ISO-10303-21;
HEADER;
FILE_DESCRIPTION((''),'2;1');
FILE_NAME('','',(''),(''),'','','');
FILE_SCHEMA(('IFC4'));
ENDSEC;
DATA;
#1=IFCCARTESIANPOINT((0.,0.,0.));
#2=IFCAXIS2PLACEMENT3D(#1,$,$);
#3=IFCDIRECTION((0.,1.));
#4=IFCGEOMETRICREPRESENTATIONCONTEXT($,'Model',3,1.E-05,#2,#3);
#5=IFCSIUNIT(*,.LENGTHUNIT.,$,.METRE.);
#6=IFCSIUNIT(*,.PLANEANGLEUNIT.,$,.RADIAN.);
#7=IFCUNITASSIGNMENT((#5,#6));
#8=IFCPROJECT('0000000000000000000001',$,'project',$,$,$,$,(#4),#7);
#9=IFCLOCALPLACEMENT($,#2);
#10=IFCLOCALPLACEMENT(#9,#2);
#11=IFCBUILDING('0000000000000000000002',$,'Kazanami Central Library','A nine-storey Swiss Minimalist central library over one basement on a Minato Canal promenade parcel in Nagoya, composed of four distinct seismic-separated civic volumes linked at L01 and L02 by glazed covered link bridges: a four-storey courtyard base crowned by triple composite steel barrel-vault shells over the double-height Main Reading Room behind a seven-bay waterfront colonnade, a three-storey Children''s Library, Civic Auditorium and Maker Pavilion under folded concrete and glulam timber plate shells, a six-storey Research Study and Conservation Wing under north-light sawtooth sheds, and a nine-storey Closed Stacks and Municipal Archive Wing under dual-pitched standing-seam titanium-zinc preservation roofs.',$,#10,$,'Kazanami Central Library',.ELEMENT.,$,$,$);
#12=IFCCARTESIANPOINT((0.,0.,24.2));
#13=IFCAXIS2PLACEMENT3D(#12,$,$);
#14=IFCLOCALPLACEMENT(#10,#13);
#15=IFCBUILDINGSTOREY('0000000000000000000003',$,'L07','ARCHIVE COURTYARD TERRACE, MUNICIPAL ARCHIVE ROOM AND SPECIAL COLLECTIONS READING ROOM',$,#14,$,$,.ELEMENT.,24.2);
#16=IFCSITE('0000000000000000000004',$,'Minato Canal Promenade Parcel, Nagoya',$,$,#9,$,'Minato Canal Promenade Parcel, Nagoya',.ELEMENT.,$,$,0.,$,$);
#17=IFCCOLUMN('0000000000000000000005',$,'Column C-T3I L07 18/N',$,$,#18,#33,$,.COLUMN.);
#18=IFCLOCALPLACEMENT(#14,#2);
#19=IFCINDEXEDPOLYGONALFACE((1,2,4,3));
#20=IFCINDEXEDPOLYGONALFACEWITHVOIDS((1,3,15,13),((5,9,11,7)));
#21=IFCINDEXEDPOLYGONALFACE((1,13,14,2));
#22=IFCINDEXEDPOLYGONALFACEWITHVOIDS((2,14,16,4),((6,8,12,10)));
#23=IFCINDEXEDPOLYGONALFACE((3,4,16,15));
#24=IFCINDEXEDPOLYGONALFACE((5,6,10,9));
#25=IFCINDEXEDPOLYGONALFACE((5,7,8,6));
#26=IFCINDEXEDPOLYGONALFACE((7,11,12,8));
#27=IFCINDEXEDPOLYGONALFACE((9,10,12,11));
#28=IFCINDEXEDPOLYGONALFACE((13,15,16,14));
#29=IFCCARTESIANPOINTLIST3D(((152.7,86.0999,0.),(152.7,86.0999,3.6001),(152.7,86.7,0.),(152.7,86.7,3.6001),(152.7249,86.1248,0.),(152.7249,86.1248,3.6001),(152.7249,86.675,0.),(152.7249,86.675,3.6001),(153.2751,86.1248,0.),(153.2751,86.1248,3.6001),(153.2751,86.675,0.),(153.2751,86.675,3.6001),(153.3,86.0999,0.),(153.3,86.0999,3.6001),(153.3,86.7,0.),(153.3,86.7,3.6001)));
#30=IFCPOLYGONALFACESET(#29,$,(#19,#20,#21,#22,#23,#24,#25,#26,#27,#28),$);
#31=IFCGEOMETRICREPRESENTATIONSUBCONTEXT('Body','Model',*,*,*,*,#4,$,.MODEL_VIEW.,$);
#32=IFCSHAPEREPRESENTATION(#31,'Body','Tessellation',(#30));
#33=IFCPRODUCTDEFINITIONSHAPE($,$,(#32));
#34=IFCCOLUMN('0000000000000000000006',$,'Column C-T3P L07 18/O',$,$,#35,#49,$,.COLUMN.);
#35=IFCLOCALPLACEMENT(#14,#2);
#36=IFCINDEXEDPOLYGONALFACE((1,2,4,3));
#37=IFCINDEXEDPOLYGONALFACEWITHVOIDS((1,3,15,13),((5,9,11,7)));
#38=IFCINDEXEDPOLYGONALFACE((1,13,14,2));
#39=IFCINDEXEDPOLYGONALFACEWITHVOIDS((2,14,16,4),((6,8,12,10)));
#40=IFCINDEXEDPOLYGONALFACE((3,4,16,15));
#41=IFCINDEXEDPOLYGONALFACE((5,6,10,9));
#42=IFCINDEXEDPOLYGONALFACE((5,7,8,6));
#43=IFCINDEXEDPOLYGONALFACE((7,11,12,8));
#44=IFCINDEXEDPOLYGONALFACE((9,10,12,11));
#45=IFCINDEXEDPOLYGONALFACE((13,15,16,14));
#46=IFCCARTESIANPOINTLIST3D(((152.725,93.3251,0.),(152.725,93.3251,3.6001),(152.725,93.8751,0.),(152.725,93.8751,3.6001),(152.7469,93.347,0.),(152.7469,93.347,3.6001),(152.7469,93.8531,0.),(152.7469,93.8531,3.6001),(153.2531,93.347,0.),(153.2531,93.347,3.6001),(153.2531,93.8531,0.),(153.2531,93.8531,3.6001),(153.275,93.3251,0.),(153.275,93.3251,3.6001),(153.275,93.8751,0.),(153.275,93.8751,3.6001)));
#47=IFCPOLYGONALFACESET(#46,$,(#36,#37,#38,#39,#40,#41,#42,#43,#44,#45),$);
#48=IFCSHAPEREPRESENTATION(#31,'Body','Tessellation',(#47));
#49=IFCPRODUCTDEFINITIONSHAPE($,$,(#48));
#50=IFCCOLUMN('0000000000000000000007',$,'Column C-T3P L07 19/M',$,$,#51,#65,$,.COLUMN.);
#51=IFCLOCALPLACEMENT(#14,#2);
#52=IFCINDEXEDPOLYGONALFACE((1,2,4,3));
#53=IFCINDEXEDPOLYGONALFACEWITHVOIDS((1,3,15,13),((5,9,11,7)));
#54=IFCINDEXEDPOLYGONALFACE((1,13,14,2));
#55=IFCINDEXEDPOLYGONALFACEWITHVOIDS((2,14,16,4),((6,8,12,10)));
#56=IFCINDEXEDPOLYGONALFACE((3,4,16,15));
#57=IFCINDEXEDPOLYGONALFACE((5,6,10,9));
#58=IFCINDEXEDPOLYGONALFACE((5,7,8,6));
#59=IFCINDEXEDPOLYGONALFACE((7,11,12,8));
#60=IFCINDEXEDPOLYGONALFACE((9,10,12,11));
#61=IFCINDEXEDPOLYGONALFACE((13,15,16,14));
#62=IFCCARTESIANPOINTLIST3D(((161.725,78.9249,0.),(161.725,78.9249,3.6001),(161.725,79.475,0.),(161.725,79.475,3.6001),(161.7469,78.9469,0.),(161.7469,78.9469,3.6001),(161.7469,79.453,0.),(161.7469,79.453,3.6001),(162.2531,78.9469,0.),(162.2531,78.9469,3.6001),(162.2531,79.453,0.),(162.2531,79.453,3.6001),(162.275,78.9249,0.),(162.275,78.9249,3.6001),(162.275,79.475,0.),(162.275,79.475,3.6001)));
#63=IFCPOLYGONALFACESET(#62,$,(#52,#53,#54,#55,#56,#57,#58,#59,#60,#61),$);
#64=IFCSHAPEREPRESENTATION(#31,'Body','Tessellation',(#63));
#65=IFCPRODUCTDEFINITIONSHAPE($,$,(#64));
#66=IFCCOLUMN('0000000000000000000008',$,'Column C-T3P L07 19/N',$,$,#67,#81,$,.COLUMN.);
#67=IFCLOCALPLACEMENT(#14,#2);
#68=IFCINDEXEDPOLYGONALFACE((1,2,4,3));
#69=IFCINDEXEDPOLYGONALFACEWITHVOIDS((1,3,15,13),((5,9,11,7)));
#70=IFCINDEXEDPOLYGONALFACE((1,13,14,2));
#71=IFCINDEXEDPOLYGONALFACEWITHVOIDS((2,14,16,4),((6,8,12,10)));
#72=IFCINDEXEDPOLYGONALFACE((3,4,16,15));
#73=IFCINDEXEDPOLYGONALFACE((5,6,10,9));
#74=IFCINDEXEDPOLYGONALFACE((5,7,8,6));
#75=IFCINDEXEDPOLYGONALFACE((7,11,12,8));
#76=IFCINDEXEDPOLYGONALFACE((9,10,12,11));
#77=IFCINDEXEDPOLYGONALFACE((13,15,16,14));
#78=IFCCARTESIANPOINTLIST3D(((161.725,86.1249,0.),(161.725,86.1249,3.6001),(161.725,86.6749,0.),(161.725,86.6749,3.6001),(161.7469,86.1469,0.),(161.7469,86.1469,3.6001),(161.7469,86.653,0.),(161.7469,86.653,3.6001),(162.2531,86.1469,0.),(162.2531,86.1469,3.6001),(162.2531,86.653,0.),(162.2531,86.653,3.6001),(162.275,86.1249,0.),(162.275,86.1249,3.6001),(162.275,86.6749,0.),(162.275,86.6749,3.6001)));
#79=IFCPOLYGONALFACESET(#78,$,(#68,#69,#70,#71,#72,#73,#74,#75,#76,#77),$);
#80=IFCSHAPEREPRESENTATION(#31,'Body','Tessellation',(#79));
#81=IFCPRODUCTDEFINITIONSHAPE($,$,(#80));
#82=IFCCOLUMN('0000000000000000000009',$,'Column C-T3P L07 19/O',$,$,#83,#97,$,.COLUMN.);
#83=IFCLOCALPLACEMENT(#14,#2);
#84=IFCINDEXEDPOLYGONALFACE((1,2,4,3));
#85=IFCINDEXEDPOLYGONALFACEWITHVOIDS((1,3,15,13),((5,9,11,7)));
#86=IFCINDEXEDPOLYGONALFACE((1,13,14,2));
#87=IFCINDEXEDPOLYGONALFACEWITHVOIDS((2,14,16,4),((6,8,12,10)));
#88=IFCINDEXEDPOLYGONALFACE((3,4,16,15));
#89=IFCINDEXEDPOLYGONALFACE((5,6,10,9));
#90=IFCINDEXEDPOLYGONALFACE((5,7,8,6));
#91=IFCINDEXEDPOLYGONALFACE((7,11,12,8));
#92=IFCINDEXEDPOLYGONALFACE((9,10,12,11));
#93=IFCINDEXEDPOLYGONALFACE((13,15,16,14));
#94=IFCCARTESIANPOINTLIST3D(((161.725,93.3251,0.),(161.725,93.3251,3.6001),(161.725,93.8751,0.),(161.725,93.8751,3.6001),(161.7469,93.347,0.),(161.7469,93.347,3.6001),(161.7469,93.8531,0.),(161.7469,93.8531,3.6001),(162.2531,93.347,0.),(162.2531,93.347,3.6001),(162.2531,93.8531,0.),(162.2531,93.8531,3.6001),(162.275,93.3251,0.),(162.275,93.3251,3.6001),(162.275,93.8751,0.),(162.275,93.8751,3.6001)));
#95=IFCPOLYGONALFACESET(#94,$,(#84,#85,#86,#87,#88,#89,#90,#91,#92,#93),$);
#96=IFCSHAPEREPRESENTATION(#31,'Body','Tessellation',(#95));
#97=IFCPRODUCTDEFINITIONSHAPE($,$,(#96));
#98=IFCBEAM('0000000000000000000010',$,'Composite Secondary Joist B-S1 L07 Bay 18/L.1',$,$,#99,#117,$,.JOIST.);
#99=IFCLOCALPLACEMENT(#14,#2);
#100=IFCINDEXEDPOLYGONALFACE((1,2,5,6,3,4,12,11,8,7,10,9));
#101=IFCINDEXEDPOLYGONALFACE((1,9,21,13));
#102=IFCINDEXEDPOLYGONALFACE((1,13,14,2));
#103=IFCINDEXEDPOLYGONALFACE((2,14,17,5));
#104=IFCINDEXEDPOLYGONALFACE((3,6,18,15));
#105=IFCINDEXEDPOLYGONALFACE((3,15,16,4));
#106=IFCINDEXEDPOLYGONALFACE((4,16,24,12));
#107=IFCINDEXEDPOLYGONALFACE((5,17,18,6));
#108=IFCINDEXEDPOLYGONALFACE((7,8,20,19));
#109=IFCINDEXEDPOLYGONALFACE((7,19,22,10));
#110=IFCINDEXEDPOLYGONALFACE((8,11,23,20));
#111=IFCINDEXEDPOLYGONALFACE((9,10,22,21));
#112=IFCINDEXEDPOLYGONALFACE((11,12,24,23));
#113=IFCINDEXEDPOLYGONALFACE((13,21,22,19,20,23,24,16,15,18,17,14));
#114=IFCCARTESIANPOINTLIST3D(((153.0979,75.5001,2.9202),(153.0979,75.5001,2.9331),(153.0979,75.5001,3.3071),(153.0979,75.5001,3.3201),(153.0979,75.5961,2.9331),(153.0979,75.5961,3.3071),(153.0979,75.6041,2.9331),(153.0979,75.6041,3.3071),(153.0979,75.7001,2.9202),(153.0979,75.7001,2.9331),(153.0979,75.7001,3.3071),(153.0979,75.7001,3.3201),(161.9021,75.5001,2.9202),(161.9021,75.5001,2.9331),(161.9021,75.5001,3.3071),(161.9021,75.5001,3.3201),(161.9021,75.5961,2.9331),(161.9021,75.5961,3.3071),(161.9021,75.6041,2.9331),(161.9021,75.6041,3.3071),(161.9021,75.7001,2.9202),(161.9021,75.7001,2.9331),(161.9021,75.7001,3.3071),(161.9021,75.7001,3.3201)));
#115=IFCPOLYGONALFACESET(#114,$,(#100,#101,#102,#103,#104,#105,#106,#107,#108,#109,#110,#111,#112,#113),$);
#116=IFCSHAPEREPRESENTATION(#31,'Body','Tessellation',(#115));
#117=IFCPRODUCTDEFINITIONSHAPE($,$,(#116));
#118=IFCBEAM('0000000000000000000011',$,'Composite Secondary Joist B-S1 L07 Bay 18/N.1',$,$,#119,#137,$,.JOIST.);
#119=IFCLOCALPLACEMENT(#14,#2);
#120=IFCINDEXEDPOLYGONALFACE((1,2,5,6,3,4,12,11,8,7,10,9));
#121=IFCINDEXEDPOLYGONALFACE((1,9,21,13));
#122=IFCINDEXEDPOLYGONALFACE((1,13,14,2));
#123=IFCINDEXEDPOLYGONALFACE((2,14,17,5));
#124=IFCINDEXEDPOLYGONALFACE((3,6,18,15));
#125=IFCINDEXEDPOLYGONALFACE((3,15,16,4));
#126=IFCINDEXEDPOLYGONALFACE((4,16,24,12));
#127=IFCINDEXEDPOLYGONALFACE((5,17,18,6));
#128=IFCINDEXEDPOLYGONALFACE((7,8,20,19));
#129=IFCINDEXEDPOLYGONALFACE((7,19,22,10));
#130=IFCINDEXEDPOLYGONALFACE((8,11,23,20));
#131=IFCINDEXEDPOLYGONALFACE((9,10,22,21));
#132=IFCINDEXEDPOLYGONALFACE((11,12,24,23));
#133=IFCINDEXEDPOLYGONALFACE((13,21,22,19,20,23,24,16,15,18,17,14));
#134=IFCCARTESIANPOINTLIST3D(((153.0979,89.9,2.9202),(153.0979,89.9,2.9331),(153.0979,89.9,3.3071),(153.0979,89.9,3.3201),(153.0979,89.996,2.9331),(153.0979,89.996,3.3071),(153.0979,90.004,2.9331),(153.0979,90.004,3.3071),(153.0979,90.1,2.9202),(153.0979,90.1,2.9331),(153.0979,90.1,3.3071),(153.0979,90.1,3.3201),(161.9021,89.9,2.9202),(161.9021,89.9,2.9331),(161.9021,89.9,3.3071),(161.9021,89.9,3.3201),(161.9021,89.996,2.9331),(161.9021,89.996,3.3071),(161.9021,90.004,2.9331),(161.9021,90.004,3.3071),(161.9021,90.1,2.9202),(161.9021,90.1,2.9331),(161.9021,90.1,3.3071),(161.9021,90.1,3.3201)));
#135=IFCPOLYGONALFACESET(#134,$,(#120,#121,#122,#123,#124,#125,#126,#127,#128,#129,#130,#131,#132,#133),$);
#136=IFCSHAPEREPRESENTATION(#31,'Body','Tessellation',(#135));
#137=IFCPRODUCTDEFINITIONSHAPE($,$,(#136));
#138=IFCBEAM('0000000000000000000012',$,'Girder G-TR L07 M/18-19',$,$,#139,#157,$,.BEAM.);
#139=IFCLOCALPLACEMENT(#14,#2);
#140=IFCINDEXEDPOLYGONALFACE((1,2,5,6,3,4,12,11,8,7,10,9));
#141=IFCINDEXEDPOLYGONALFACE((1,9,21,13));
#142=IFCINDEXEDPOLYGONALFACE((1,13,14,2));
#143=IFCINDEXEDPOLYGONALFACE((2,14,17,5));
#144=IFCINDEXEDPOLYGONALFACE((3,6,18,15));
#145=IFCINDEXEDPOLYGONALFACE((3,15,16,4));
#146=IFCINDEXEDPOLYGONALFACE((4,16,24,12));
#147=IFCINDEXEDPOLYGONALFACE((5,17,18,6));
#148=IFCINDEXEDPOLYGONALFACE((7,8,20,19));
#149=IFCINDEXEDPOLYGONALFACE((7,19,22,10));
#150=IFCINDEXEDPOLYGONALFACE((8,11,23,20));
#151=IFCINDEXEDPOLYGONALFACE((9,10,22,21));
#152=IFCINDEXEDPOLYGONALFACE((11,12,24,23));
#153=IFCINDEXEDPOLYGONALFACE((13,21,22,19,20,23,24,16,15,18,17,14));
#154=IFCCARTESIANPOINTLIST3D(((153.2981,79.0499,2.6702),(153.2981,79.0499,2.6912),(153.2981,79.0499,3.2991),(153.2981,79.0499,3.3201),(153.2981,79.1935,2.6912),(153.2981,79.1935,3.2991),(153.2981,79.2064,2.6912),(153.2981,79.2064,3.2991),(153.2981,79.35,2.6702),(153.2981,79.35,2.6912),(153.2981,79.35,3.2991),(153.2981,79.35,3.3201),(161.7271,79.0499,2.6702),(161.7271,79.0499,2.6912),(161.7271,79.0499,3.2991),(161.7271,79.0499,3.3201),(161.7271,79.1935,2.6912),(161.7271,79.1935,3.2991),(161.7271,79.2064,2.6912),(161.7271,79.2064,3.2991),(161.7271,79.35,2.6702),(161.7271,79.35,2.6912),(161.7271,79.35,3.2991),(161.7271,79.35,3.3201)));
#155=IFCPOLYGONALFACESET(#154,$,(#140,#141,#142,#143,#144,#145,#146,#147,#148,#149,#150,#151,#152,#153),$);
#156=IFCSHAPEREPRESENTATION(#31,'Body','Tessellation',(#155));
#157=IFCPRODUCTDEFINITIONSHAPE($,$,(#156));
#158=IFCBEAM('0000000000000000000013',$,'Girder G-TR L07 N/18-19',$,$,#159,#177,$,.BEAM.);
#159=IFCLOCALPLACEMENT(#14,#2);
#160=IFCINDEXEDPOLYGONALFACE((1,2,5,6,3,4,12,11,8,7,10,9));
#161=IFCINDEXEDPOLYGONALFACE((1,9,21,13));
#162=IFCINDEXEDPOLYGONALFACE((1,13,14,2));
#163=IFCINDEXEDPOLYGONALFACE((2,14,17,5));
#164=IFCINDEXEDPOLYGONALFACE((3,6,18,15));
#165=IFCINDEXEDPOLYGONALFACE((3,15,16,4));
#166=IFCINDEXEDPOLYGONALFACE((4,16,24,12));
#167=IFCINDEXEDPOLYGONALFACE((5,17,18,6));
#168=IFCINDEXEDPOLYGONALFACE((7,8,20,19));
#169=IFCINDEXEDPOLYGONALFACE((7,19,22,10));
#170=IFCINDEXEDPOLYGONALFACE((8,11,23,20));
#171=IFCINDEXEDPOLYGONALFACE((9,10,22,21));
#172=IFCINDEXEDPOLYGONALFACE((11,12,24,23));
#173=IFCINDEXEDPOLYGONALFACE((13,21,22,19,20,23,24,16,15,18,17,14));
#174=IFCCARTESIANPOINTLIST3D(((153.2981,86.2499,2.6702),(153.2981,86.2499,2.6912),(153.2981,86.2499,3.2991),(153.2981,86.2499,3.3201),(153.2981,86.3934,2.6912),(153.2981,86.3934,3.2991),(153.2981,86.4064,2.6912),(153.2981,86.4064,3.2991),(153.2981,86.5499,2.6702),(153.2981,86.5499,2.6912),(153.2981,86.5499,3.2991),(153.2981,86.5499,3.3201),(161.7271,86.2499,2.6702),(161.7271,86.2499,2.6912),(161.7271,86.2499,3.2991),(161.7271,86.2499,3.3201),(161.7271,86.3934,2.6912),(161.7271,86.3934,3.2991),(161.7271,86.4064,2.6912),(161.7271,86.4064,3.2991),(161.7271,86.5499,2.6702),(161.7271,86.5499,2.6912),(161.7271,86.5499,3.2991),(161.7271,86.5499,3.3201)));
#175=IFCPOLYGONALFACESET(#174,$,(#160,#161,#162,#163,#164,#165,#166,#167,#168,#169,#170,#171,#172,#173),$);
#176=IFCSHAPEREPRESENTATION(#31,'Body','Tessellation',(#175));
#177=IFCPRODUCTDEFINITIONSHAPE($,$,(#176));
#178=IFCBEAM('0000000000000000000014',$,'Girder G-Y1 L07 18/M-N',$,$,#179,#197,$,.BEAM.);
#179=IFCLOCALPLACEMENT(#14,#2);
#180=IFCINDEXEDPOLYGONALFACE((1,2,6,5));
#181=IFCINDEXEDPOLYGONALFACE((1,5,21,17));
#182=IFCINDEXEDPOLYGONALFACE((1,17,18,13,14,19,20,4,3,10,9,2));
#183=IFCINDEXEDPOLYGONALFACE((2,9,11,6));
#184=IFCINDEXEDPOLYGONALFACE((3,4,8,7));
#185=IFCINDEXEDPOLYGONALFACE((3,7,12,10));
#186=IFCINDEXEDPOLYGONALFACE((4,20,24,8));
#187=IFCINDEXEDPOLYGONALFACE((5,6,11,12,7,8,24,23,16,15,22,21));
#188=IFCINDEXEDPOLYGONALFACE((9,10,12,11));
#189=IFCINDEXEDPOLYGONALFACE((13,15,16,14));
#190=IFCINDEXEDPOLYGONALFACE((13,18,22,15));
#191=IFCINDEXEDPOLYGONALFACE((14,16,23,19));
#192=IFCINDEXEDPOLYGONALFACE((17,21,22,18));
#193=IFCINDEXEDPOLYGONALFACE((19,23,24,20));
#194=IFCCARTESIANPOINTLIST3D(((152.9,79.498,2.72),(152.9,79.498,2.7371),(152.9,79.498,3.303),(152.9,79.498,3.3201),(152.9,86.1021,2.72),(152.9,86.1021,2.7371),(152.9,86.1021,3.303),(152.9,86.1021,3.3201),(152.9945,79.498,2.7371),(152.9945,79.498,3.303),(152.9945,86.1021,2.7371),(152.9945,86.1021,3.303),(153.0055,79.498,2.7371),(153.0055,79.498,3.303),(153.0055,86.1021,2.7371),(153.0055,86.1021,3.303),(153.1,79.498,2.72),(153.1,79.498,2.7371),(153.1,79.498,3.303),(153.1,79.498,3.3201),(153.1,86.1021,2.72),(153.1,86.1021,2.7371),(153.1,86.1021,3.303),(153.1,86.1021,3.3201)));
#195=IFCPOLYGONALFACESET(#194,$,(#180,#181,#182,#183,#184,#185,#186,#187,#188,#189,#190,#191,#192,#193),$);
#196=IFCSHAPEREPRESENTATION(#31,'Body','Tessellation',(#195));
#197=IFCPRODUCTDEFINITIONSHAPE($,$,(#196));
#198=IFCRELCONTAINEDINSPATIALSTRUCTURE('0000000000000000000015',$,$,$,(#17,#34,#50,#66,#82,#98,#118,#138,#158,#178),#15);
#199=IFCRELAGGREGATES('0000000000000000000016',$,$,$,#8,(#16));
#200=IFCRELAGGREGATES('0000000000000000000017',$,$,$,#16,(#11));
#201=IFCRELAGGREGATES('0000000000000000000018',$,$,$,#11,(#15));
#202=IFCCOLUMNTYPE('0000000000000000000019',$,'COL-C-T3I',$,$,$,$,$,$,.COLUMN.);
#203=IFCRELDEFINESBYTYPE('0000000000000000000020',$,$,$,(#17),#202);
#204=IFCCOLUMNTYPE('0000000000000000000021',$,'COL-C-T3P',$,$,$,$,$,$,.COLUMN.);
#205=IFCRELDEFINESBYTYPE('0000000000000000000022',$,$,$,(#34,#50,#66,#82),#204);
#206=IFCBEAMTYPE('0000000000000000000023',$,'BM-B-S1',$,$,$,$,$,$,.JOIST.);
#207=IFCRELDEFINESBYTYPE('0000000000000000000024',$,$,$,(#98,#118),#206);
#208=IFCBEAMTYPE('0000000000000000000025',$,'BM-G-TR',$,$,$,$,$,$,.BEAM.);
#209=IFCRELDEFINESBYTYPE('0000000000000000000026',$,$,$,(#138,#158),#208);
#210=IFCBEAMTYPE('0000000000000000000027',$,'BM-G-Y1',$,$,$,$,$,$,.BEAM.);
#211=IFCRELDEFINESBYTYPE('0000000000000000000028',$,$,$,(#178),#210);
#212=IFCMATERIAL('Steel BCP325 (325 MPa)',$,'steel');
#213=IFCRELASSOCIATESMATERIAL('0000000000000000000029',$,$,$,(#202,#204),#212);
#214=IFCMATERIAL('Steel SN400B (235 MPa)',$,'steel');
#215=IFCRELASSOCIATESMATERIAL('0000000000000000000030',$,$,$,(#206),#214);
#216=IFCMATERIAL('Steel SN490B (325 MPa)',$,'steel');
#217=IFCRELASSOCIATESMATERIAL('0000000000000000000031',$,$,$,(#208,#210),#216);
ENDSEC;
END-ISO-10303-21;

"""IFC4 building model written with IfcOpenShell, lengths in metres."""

from ifc_helpers import new_model, si_unit, direction, frame, origin, origin_2d, place, context, subcontext, project, spatial, hollow_rectangle, i_section, extrude, material, material_profile, profile_set, type_object, element, save


model = new_model("IFC4")

# Units and contexts
model_context = context("Model", 3, precision=1e-05, world=origin(), true_north=direction((0.0, 1.0)))
body_context = subcontext(model_context, "Body", "Model", "MODEL_VIEW")
ifc_project = project(units=[si_unit("LENGTHUNIT", "METRE"), si_unit("PLANEANGLEUNIT", "RADIAN")], contexts=[model_context])

# Site, building, storey
site_placement = place(None, origin())
site = spatial("IfcSite", under=ifc_project, at=site_placement, Name="Minato Canal Promenade Parcel, Nagoya", LongName="Minato Canal Promenade Parcel, Nagoya", CompositionType="ELEMENT", RefElevation=0.0)
building_placement = place(site_placement, origin())
building = spatial("IfcBuilding", under=site, at=building_placement, Name="Kazanami Central Library", Description="A nine-storey Swiss Minimalist central library over one basement on a Minato Canal promenade parcel in Nagoya, composed of four distinct seismic-separated civic volumes linked at L01 and L02 by glazed covered link bridges: a four-storey courtyard base crowned by triple composite steel barrel-vault shells over the double-height Main Reading Room behind a seven-bay waterfront colonnade, a three-storey Children's Library, Civic Auditorium and Maker Pavilion under folded concrete and glulam timber plate shells, a six-storey Research Study and Conservation Wing under north-light sawtooth sheds, and a nine-storey Closed Stacks and Municipal Archive Wing under dual-pitched standing-seam titanium-zinc preservation roofs.", LongName="Kazanami Central Library", CompositionType="ELEMENT")
storey_placement = place(building_placement, frame((0.0, 0.0, 24.2)))
storey = spatial("IfcBuildingStorey", under=building, at=storey_placement, Name="L07", Description="ARCHIVE COURTYARD TERRACE, MUNICIPAL ARCHIVE ROOM AND SPECIAL COLLECTIONS READING ROOM", CompositionType="ELEMENT", Elevation=24.2)

# Columns
ifc_material_1 = material(Name="Steel BCP325 (325 MPa)", Category="steel")
ifc_material_profile_1 = material_profile(ifc_material_1, hollow_rectangle(XDim=0.6001, YDim=0.6001, WallThickness=0.0249, at=origin_2d()), Name="BCP-600x600x25")
ifc_profile_set_1 = profile_set([ifc_material_profile_1], Name="Steel BCP325 (325 MPa)")
column_type_1 = type_object("IfcColumnType", Name="COL-C-T3I", PredefinedType="COLUMN", material=ifc_profile_set_1)
column_placement = place(storey_placement, frame((153.0, 86.3999, 0.0), z_axis=(0.0, 0.0, 1.0), x_axis=(1.0, 0.0, 0.0)))
element("IfcColumn", 1, at=column_placement, inside=storey, type_object=column_type_1, Name="Column C-T3I L07 18/N", PredefinedType="COLUMN", context=body_context, shape_type="SweptSolid", body=[
    extrude(hollow_rectangle(XDim=0.6001, YDim=0.6001, WallThickness=0.0249, at=origin_2d()), origin(), (0.0, 0.0, 1.0), 3.6001),
])
ifc_material_profile_2 = material_profile(ifc_material_1, hollow_rectangle(XDim=0.55, YDim=0.55, WallThickness=0.022, at=origin_2d()), Name="BCP-550x550x22")
ifc_profile_set_2 = profile_set([ifc_material_profile_2], Name="Steel BCP325 (325 MPa)")
column_type_2 = type_object("IfcColumnType", Name="COL-C-T3P", PredefinedType="COLUMN", material=ifc_profile_set_2)
for number, where, z_axis, x_axis, name in (
    (2, (153.0, 93.6001, 0.0), (0.0, 0.0, 1.0), (1.0, 0.0, 0.0), "Column C-T3P L07 18/O"),
    (3, (162.0, 79.2, 0.0), (0.0, 0.0, 1.0), (1.0, 0.0, 0.0), "Column C-T3P L07 19/M"),
    (4, (162.0, 86.3999, 0.0), (0.0, 0.0, 1.0), (1.0, 0.0, 0.0), "Column C-T3P L07 19/N"),
    (5, (162.0, 93.6001, 0.0), (0.0, 0.0, 1.0), (1.0, 0.0, 0.0), "Column C-T3P L07 19/O"),
):
    element("IfcColumn", number, at=place(storey_placement, frame(where, z_axis=z_axis, x_axis=x_axis)), inside=storey, type_object=column_type_2, Name=name, PredefinedType="COLUMN", context=body_context, shape_type="SweptSolid", body=[
        extrude(hollow_rectangle(XDim=0.55, YDim=0.55, WallThickness=0.022, at=origin_2d()), origin(), (0.0, 0.0, 1.0), 3.6001),
    ])

# Beams
ifc_material_2 = material(Name="Steel SN400B (235 MPa)", Category="steel")
ifc_material_profile_3 = material_profile(ifc_material_2, i_section(OverallWidth=0.2, OverallDepth=0.3999, WebThickness=0.0081, FlangeThickness=0.0129, at=origin_2d()), Name="H-400x200x8x13")
ifc_profile_set_3 = profile_set([ifc_material_profile_3], Name="Steel SN400B (235 MPa)")
beam_type_1 = type_object("IfcBeamType", Name="BM-B-S1", PredefinedType="JOIST", material=ifc_profile_set_3)
for number, where, z_axis, x_axis, name in (
    (6, (153.0979, 75.6001, 3.1201), (1.0, 0.0, 0.0), (0.0, 1.0, 0.0), "Composite Secondary Joist B-S1 L07 Bay 18/L.1"),
    (7, (153.0979, 90.0, 3.1201), (1.0, 0.0, 0.0), (0.0, 1.0, 0.0), "Composite Secondary Joist B-S1 L07 Bay 18/N.1"),
):
    element("IfcBeam", number, at=place(storey_placement, frame(where, z_axis=z_axis, x_axis=x_axis)), inside=storey, type_object=beam_type_1, Name=name, PredefinedType="JOIST", context=body_context, shape_type="SweptSolid", body=[
        extrude(i_section(OverallWidth=0.2, OverallDepth=0.3999, WebThickness=0.0081, FlangeThickness=0.0129, at=origin_2d()), origin(), (0.0, 0.0, 1.0), 8.8042),
    ])
ifc_material_3 = material(Name="Steel SN490B (325 MPa)", Category="steel")
ifc_material_profile_4 = material_profile(ifc_material_3, i_section(OverallWidth=0.3, OverallDepth=0.6499, WebThickness=0.0129, FlangeThickness=0.021, at=origin_2d()), Name="H-650x300x13x21")
ifc_profile_set_4 = profile_set([ifc_material_profile_4], Name="Steel SN490B (325 MPa)")
beam_type_2 = type_object("IfcBeamType", Name="BM-G-TR", PredefinedType="BEAM", material=ifc_profile_set_4)
for number, where, z_axis, x_axis, name in (
    (8, (153.2981, 79.2, 2.9951), (1.0, 0.0, 0.0), (0.0, 1.0, 0.0), "Girder G-TR L07 M/18-19"),
    (9, (153.2981, 86.3999, 2.9951), (1.0, 0.0, 0.0), (0.0, 1.0, 0.0), "Girder G-TR L07 N/18-19"),
):
    element("IfcBeam", number, at=place(storey_placement, frame(where, z_axis=z_axis, x_axis=x_axis)), inside=storey, type_object=beam_type_2, Name=name, PredefinedType="BEAM", context=body_context, shape_type="SweptSolid", body=[
        extrude(i_section(OverallWidth=0.3, OverallDepth=0.6499, WebThickness=0.0129, FlangeThickness=0.021, at=origin_2d()), origin(), (0.0, 0.0, 1.0), 8.429),
    ])
ifc_material_profile_5 = material_profile(ifc_material_3, i_section(OverallWidth=0.2, OverallDepth=0.6001, WebThickness=0.011, FlangeThickness=0.0171, at=origin_2d()), Name="H-600x200x11x17")
ifc_profile_set_5 = profile_set([ifc_material_profile_5], Name="Steel SN490B (325 MPa)")
beam_type_3 = type_object("IfcBeamType", Name="BM-G-Y1", PredefinedType="BEAM", material=ifc_profile_set_5)
beam_1_placement = place(storey_placement, frame((153.0, 79.498, 3.02), z_axis=(0.0, 1.0, 0.0), x_axis=(-1.0, 0.0, 0.0)))
element("IfcBeam", 10, at=beam_1_placement, inside=storey, type_object=beam_type_3, Name="Girder G-Y1 L07 18/M-N", PredefinedType="BEAM", context=body_context, shape_type="SweptSolid", body=[
    extrude(i_section(OverallWidth=0.2, OverallDepth=0.6001, WebThickness=0.011, FlangeThickness=0.0171, at=origin_2d()), origin(), (0.0, 0.0, 1.0), 6.604),
])

save(model, "model.ifc")
